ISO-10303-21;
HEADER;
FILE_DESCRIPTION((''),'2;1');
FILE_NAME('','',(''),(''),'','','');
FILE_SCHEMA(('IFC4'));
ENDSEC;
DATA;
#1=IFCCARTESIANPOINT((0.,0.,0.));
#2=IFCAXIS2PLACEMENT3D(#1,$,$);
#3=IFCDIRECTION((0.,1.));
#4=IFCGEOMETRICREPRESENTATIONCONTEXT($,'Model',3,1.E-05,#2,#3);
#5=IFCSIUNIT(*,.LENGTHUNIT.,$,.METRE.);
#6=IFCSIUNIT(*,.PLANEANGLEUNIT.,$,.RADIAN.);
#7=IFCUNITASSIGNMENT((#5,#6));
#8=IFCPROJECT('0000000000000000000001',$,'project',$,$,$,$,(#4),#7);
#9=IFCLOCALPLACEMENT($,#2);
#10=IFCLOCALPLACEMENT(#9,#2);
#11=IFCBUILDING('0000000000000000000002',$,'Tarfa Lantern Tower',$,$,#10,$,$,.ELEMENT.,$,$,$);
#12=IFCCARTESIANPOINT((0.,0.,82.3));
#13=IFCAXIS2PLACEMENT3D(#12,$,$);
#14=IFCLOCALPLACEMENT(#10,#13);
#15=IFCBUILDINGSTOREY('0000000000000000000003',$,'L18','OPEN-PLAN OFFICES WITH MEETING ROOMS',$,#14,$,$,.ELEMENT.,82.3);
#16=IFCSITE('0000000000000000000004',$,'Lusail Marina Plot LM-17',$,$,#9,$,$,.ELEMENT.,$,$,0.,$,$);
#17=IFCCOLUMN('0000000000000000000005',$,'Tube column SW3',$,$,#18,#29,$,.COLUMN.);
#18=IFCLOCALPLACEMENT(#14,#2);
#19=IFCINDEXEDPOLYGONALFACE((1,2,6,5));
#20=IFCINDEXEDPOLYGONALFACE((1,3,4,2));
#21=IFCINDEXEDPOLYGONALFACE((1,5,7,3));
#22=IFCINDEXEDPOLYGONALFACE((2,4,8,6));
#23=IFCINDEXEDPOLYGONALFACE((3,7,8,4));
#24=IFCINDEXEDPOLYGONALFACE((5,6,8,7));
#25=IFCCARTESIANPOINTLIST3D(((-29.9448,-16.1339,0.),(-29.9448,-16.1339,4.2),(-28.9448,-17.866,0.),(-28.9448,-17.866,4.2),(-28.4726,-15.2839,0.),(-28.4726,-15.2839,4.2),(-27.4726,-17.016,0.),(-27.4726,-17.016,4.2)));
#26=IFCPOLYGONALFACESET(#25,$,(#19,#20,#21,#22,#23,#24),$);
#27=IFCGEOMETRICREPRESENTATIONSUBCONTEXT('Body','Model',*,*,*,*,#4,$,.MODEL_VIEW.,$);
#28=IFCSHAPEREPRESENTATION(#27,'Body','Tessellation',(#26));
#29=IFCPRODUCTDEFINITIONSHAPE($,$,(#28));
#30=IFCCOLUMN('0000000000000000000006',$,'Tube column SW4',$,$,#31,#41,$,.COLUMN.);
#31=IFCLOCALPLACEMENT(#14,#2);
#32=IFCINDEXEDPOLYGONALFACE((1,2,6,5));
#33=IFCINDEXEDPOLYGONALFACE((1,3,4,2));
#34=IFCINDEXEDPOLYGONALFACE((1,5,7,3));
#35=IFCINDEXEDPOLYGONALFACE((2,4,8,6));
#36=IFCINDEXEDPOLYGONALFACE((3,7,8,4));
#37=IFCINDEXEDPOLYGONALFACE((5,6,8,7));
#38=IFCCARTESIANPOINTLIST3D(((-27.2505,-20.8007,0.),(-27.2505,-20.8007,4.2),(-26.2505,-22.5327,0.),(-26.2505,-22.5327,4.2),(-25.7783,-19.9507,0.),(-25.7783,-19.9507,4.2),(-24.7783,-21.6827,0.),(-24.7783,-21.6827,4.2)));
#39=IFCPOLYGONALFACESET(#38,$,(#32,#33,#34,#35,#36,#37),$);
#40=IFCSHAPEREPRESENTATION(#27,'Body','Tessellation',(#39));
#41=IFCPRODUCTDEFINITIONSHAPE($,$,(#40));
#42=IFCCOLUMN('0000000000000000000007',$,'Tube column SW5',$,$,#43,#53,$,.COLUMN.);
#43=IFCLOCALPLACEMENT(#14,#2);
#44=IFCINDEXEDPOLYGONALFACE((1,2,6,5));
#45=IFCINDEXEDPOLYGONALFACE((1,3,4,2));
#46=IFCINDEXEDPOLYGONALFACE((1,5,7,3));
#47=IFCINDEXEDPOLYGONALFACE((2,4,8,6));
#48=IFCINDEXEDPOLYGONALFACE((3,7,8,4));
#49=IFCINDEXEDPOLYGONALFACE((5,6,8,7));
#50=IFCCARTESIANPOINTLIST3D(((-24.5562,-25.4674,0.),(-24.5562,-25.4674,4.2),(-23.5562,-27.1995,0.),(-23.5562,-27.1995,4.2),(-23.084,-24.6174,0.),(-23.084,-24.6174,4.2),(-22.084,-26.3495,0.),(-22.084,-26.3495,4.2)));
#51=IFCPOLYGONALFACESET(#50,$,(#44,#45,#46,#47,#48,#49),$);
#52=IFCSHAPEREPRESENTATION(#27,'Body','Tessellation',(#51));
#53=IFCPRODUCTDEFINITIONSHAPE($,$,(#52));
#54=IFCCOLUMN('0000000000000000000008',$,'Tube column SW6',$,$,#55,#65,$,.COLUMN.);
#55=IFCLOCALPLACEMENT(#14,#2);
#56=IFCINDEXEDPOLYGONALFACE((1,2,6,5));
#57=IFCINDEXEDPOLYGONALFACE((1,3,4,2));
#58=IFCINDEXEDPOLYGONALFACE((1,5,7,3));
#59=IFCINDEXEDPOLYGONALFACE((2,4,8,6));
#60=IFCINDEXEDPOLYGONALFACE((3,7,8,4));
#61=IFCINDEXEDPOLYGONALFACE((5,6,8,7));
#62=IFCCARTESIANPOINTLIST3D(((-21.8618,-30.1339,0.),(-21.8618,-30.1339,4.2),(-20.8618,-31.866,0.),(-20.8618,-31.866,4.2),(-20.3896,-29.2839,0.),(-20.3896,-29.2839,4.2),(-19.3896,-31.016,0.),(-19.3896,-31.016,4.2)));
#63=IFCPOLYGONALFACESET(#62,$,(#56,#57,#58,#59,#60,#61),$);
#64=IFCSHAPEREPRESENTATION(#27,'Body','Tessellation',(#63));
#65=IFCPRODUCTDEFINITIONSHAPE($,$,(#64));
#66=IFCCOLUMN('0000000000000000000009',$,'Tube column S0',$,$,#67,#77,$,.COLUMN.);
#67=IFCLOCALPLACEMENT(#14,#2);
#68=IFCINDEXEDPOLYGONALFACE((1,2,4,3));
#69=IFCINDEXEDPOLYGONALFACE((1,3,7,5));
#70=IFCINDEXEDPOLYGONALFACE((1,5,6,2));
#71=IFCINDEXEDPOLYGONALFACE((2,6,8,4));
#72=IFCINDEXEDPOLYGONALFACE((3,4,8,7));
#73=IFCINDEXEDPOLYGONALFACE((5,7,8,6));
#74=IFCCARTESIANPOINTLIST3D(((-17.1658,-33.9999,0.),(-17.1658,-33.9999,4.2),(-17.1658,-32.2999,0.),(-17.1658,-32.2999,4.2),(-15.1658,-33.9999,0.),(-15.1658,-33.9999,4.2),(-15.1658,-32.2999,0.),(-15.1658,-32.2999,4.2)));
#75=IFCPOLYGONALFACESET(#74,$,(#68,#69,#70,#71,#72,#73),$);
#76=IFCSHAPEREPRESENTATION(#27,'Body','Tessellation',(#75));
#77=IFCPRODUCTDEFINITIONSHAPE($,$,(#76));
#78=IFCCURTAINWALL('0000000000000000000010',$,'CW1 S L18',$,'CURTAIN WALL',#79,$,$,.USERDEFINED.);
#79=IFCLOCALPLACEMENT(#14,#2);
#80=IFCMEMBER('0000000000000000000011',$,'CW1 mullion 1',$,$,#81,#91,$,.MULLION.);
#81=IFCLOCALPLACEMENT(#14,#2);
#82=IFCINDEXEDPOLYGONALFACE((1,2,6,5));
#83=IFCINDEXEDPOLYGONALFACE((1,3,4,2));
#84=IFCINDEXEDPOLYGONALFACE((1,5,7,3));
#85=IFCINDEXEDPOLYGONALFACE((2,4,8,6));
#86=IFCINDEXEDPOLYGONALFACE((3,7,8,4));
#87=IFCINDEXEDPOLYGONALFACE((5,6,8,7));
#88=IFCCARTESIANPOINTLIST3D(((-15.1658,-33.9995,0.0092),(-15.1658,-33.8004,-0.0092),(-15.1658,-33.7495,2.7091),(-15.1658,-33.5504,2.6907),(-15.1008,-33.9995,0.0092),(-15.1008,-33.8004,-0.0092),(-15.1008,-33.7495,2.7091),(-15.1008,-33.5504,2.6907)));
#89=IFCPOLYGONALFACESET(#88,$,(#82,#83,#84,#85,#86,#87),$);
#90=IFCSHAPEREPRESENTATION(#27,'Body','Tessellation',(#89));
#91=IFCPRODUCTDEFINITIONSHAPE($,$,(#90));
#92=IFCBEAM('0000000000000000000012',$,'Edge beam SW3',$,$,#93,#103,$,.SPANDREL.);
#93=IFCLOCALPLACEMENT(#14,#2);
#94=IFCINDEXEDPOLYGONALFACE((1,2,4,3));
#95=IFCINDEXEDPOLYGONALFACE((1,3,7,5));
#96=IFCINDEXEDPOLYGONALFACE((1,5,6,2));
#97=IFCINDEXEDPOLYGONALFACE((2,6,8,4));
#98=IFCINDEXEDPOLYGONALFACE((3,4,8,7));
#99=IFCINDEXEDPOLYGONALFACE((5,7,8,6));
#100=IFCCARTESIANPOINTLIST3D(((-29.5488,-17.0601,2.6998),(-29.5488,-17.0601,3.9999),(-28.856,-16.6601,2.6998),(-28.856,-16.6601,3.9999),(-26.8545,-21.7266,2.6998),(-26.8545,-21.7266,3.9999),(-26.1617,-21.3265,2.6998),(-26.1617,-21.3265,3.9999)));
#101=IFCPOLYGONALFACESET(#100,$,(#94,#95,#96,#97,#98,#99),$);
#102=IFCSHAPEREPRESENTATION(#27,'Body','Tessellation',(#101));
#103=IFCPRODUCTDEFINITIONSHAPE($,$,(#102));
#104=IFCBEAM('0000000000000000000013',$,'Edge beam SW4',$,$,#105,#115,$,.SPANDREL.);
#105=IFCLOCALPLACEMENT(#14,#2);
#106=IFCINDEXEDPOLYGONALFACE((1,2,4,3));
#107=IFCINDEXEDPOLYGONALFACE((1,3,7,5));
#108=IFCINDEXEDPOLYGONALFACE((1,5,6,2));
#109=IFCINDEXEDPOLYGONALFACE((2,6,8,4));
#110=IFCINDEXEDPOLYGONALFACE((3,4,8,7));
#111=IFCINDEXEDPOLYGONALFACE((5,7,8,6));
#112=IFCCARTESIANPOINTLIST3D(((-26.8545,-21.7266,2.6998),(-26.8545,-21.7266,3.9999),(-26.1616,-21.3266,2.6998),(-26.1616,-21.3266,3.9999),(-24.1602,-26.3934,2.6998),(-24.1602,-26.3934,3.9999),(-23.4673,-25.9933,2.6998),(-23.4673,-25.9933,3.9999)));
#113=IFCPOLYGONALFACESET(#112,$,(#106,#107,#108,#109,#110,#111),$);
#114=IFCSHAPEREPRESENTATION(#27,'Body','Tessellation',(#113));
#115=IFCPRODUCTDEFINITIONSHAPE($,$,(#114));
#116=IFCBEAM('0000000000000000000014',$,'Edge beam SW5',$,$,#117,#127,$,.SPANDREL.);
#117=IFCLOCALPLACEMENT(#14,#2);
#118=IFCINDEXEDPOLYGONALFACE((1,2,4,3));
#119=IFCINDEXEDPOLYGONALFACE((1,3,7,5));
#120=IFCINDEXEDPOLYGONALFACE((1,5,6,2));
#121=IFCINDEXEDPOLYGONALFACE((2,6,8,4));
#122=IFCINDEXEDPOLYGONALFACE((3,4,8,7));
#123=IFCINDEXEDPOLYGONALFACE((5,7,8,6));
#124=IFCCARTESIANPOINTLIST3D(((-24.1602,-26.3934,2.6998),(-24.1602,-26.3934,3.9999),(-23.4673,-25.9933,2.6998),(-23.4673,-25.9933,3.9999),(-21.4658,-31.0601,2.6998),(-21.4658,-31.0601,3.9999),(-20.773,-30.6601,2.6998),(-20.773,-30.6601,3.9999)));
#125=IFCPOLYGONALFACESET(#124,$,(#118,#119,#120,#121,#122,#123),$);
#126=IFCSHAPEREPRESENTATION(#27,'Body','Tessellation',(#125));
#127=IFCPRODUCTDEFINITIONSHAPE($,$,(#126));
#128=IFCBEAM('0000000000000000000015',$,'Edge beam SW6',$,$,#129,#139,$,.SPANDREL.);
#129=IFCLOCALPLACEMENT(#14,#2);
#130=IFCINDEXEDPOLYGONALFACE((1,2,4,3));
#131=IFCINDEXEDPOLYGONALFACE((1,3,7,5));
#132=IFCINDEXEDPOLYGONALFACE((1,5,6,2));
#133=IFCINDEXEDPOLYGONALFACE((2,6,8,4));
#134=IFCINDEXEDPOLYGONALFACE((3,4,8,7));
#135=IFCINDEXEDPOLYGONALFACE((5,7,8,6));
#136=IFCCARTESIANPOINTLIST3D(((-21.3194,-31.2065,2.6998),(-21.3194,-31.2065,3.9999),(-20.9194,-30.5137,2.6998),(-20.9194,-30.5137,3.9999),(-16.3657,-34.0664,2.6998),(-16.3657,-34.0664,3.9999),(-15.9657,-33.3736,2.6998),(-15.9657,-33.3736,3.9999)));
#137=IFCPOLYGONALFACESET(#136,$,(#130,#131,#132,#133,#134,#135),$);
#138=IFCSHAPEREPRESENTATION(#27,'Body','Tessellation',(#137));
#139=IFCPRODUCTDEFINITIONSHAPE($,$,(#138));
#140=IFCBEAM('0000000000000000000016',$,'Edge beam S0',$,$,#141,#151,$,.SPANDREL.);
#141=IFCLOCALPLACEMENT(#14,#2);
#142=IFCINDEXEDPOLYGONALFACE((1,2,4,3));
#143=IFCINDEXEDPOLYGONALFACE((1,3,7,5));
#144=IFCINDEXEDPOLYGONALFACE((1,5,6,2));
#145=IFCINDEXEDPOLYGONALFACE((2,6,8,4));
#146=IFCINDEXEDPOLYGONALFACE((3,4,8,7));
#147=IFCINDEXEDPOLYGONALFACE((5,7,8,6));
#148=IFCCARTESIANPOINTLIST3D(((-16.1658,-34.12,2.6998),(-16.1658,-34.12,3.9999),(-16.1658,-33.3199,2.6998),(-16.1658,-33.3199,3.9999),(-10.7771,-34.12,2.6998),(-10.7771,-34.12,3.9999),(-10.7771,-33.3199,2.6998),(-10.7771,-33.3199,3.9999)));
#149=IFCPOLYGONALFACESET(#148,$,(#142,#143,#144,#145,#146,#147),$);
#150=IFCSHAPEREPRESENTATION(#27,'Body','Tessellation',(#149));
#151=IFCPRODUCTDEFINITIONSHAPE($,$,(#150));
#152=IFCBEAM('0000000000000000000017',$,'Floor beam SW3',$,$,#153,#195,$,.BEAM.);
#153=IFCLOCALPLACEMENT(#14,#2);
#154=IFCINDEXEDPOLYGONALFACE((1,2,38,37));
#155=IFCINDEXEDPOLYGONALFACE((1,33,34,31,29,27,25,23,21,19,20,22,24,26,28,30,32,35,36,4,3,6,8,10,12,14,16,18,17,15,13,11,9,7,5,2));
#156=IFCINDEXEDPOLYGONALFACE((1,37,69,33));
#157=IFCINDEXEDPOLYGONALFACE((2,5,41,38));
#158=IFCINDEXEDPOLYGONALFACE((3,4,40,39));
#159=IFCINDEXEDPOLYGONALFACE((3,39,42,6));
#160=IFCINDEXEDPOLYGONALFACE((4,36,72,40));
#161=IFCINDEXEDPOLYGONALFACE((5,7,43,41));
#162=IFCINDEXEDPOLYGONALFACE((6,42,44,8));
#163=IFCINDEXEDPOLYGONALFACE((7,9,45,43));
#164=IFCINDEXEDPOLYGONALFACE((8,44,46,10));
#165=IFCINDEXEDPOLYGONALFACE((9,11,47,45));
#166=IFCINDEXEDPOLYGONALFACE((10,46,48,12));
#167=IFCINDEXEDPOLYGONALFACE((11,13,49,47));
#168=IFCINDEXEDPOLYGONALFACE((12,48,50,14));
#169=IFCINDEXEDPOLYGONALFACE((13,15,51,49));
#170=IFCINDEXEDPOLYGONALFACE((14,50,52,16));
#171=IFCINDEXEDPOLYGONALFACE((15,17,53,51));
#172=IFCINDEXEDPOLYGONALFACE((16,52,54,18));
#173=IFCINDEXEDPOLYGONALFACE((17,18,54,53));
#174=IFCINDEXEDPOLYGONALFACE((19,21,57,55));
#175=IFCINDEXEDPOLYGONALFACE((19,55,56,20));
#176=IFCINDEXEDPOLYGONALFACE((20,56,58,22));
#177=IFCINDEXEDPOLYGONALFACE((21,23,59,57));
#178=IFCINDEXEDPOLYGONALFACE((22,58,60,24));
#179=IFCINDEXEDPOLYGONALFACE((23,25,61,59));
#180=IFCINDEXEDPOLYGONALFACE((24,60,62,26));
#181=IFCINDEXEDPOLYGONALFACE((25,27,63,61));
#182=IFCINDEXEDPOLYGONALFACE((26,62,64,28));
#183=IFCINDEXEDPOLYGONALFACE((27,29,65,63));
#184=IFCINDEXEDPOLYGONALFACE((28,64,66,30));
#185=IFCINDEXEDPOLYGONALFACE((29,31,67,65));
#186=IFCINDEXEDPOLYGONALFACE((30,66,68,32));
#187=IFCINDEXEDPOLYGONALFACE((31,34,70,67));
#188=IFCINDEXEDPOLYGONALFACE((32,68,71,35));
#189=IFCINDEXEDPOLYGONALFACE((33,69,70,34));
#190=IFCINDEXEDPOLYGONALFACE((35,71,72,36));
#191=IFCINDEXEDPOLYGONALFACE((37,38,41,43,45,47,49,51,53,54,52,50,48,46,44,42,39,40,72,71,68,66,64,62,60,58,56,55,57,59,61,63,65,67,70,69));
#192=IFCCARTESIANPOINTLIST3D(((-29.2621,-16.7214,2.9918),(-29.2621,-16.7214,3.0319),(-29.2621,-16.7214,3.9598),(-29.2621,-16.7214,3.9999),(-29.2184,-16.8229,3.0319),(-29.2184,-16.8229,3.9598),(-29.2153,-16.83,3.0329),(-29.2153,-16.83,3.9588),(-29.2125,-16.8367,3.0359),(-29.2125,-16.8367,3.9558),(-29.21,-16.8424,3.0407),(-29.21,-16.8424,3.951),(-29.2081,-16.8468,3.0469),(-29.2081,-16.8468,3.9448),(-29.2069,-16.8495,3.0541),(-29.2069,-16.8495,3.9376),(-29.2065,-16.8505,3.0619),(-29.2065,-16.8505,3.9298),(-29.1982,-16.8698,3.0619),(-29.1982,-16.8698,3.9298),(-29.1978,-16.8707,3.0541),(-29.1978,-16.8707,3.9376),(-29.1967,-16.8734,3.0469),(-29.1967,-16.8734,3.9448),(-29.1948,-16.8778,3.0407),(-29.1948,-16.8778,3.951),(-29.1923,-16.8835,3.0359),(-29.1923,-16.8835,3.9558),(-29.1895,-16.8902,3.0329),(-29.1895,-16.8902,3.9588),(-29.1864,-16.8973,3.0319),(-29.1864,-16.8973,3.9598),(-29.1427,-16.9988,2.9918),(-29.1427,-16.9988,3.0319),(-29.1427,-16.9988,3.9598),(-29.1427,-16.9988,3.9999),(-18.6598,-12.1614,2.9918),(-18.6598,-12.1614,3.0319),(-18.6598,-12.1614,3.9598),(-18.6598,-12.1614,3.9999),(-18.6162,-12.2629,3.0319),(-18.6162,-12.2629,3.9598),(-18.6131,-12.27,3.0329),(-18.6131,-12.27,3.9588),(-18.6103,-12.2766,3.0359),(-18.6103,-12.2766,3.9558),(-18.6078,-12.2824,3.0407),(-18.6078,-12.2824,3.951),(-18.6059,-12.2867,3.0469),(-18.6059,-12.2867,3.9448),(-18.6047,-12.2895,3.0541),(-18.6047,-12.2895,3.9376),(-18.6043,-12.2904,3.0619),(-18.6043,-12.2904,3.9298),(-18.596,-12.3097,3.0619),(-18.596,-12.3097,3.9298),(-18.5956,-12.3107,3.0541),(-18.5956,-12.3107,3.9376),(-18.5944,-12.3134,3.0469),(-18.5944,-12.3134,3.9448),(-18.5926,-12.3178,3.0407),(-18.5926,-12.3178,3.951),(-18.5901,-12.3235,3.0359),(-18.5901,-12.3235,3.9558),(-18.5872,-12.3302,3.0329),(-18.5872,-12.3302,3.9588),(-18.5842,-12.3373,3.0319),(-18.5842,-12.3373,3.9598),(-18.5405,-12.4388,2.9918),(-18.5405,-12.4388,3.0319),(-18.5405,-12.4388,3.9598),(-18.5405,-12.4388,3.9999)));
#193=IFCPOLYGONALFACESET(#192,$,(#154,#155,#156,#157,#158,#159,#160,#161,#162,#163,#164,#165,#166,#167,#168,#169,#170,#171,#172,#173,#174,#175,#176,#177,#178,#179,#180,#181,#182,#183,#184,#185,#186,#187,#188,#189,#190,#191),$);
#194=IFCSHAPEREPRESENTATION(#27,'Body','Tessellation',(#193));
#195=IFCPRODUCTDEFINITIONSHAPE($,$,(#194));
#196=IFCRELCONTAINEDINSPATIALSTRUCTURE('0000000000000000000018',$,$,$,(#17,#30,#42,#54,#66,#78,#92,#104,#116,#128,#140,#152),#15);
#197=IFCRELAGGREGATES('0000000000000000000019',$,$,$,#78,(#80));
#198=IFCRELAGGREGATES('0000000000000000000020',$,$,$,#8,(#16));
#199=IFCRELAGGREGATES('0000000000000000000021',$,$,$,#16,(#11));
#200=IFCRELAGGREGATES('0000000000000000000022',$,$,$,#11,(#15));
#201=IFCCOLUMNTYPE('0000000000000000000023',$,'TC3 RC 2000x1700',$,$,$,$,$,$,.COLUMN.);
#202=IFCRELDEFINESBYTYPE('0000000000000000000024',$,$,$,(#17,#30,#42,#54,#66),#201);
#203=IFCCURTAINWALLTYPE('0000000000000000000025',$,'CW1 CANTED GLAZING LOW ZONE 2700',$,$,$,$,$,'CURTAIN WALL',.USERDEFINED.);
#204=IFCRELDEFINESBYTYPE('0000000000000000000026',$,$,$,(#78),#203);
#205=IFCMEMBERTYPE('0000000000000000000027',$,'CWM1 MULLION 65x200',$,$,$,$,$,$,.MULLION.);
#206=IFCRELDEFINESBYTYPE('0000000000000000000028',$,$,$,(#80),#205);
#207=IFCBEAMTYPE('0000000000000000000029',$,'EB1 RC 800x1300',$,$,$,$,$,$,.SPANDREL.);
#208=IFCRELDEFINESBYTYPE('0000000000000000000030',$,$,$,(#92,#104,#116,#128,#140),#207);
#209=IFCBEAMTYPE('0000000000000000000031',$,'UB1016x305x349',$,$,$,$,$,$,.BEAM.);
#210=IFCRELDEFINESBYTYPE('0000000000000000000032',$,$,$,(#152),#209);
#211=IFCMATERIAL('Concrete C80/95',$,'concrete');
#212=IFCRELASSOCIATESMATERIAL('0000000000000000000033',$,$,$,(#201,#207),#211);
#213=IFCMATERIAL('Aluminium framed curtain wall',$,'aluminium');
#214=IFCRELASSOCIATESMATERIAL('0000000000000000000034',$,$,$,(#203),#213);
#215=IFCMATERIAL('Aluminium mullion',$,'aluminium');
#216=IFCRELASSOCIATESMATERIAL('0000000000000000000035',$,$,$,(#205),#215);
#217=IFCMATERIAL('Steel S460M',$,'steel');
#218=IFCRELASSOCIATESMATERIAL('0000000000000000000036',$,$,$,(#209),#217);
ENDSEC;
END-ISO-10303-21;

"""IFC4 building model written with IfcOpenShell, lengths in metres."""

from ifc_helpers import new_model, si_unit, direction, frame, origin, origin_2d, place, context, subcontext, project, spatial, rectangle, i_section, extrude, material, material_profile, profile_set, type_object, element, aggregate, save


model = new_model("IFC4")

# Units and contexts
model_context = context("Model", 3, precision=1e-05, world=origin(), true_north=direction((0.0, 1.0)))
body_context = subcontext(model_context, "Body", "Model", "MODEL_VIEW")
ifc_project = project(units=[si_unit("LENGTHUNIT", "METRE"), si_unit("PLANEANGLEUNIT", "RADIAN")], contexts=[model_context])

# Site, building, storey
site_placement = place(None, origin())
site = spatial("IfcSite", under=ifc_project, at=site_placement, Name="Lusail Marina Plot LM-17", CompositionType="ELEMENT", RefElevation=0.0)
building_placement = place(site_placement, origin())
building = spatial("IfcBuilding", under=site, at=building_placement, Name="Tarfa Lantern Tower", CompositionType="ELEMENT")
storey_placement = place(building_placement, frame((0.0, 0.0, 82.3)))
storey = spatial("IfcBuildingStorey", under=building, at=storey_placement, Name="L18", Description="OPEN-PLAN OFFICES WITH MEETING ROOMS", CompositionType="ELEMENT", Elevation=82.3)

# Columns
ifc_material_1 = material(Name="Concrete C80/95", Category="concrete")
ifc_material_profile_1 = material_profile(ifc_material_1, rectangle(XDim=2.0, YDim=1.7, at=origin_2d()), Name="RC 2000x1700")
ifc_profile_set_1 = profile_set([ifc_material_profile_1], Name="Concrete C80/95")
column_type = type_object("IfcColumnType", Name="TC3 RC 2000x1700", PredefinedType="COLUMN", material=ifc_profile_set_1)
for number, where, z_axis, x_axis, name in (
    (1, (-28.7087, -16.575, 0.0), (0.0, 0.0, 1.0), (0.5, -0.866025, 0.0), "Tube column SW3"),
    (2, (-26.0144, -21.2417, 0.0), (0.0, 0.0, 1.0), (0.5, -0.866025, 0.0), "Tube column SW4"),
    (3, (-23.3201, -25.9084, 0.0), (0.0, 0.0, 1.0), (0.5, -0.866025, 0.0), "Tube column SW5"),
    (4, (-20.6257, -30.575, 0.0), (0.0, 0.0, 1.0), (0.5, -0.866025, 0.0), "Tube column SW6"),
    (5, (-16.1658, -33.1499, 0.0), (0.0, 0.0, 1.0), (1.0, 0.0, 0.0), "Tube column S0"),
):
    element("IfcColumn", number, at=place(storey_placement, frame(where, z_axis=z_axis, x_axis=x_axis)), inside=storey, type_object=column_type, Name=name, PredefinedType="COLUMN", context=body_context, shape_type="SweptSolid", body=[
        extrude(rectangle(XDim=2.0, YDim=1.7, at=origin_2d()), origin(), (0.0, 0.0, 1.0), 4.2),
    ])

# Curtain wall, member
ifc_material_2 = material(Name="Aluminium framed curtain wall", Category="aluminium")
curtain_wall_type = type_object("IfcCurtainWallType", Name="CW1 CANTED GLAZING LOW ZONE 2700", ElementType="CURTAIN WALL", PredefinedType="USERDEFINED", material=ifc_material_2)
curtain_wall_placement = place(storey_placement, origin())
curtain_wall = element("IfcCurtainWall", 6, at=curtain_wall_placement, inside=storey, type_object=curtain_wall_type, Name="CW1 S L18", ObjectType="CURTAIN WALL", PredefinedType="USERDEFINED")
ifc_material_3 = material(Name="Aluminium mullion", Category="aluminium")
ifc_material_profile_2 = material_profile(ifc_material_3, rectangle(XDim=0.0649, YDim=0.2, at=origin_2d()), Name="AL MULLION 65x200")
ifc_profile_set_2 = profile_set([ifc_material_profile_2], Name="Aluminium mullion")
member_type = type_object("IfcMemberType", Name="CWM1 MULLION 65x200", PredefinedType="MULLION", material=ifc_profile_set_2)
member_placement = place(storey_placement, frame((-15.1333, -33.8999, 0.0), z_axis=(0.0, 0.0922, 0.995741), x_axis=(-1.0, 0.0, 0.0)))
member = element("IfcMember", 7, at=member_placement, type_object=member_type, Name="CW1 mullion 1", PredefinedType="MULLION", context=body_context, shape_type="SweptSolid", body=[
    extrude(rectangle(XDim=0.0649, YDim=0.2, at=origin_2d()), origin(), (0.0, 0.0, 1.0), 2.7114),
])

# Beams
ifc_material_profile_3 = material_profile(ifc_material_1, rectangle(XDim=0.8, YDim=1.3, at=origin_2d()), Name="RC 800x1300")
ifc_profile_set_3 = profile_set([ifc_material_profile_3], Name="Concrete C80/95")
beam_type_1 = type_object("IfcBeamType", Name="EB1 RC 800x1300", PredefinedType="SPANDREL", material=ifc_profile_set_3)
beam_1_placement = place(storey_placement, frame((-29.2024, -16.8601, 3.3499), z_axis=(0.500018, -0.866015, 0.0), x_axis=(0.866015, 0.500018, 0.0)))
element("IfcBeam", 8, at=beam_1_placement, inside=storey, type_object=beam_type_1, Name="Edge beam SW3", PredefinedType="SPANDREL", context=body_context, shape_type="SweptSolid", body=[
    extrude(rectangle(XDim=0.8, YDim=1.3, at=origin_2d()), origin(), (0.0, 0.0, 1.0), 5.3884),
])
for number, where, z_axis, x_axis, name in (
    (9, (-26.5081, -21.5266, 3.3499), (0.499998, -0.866026, 0.0), (0.866026, 0.499998, 0.0), "Edge beam SW4"),
    (10, (-23.8137, -26.1934, 3.3499), (0.499998, -0.866026, 0.0), (0.866026, 0.499998, 0.0), "Edge beam SW5"),
):
    element("IfcBeam", number, at=place(storey_placement, frame(where, z_axis=z_axis, x_axis=x_axis)), inside=storey, type_object=beam_type_1, Name=name, PredefinedType="SPANDREL", context=body_context, shape_type="SweptSolid", body=[
        extrude(rectangle(XDim=0.8, YDim=1.3, at=origin_2d()), origin(), (0.0, 0.0, 1.0), 5.3887),
    ])
beam_2_placement = place(storey_placement, frame((-21.1194, -30.8601, 3.3499), z_axis=(0.866033, -0.499986, 0.0), x_axis=(0.499986, 0.866033, 0.0)))
element("IfcBeam", 11, at=beam_2_placement, inside=storey, type_object=beam_type_1, Name="Edge beam SW6", PredefinedType="SPANDREL", context=body_context, shape_type="SweptSolid", body=[
    extrude(rectangle(XDim=0.8, YDim=1.3, at=origin_2d()), origin(), (0.0, 0.0, 1.0), 5.72),
])
beam_3_placement = place(storey_placement, frame((-16.1658, -33.72, 3.3499), z_axis=(1.0, 0.0, 0.0), x_axis=(0.0, 1.0, 0.0)))
element("IfcBeam", 12, at=beam_3_placement, inside=storey, type_object=beam_type_1, Name="Edge beam S0", PredefinedType="SPANDREL", context=body_context, shape_type="SweptSolid", body=[
    extrude(rectangle(XDim=0.8, YDim=1.3, at=origin_2d()), origin(), (0.0, 0.0, 1.0), 5.3887),
])
ifc_material_4 = material(Name="Steel S460M", Category="steel")
ifc_material_profile_4 = material_profile(ifc_material_4, i_section(OverallWidth=0.302, OverallDepth=1.0081, WebThickness=0.021, FlangeThickness=0.04, FilletRadius=0.03, at=origin_2d()), Name="UB1016x305x349")
ifc_profile_set_4 = profile_set([ifc_material_profile_4], Name="Steel S460M")
beam_type_2 = type_object("IfcBeamType", Name="UB1016x305x349", PredefinedType="BEAM", material=ifc_profile_set_4)
beam_4_placement = place(storey_placement, frame((-29.2024, -16.8601, 3.4958), z_axis=(0.918635, 0.395106, 0.0), x_axis=(-0.395106, 0.918635, 0.0)))
element("IfcBeam", 13, at=beam_4_placement, inside=storey, type_object=beam_type_2, Name="Floor beam SW3", PredefinedType="BEAM", context=body_context, shape_type="SweptSolid", body=[
    extrude(i_section(OverallWidth=0.302, OverallDepth=1.0081, WebThickness=0.021, FlangeThickness=0.04, FilletRadius=0.03, at=origin_2d()), origin(), (0.0, 0.0, 1.0), 11.5413),
])

aggregate(curtain_wall, [member])

save(model, "model.ifc")
